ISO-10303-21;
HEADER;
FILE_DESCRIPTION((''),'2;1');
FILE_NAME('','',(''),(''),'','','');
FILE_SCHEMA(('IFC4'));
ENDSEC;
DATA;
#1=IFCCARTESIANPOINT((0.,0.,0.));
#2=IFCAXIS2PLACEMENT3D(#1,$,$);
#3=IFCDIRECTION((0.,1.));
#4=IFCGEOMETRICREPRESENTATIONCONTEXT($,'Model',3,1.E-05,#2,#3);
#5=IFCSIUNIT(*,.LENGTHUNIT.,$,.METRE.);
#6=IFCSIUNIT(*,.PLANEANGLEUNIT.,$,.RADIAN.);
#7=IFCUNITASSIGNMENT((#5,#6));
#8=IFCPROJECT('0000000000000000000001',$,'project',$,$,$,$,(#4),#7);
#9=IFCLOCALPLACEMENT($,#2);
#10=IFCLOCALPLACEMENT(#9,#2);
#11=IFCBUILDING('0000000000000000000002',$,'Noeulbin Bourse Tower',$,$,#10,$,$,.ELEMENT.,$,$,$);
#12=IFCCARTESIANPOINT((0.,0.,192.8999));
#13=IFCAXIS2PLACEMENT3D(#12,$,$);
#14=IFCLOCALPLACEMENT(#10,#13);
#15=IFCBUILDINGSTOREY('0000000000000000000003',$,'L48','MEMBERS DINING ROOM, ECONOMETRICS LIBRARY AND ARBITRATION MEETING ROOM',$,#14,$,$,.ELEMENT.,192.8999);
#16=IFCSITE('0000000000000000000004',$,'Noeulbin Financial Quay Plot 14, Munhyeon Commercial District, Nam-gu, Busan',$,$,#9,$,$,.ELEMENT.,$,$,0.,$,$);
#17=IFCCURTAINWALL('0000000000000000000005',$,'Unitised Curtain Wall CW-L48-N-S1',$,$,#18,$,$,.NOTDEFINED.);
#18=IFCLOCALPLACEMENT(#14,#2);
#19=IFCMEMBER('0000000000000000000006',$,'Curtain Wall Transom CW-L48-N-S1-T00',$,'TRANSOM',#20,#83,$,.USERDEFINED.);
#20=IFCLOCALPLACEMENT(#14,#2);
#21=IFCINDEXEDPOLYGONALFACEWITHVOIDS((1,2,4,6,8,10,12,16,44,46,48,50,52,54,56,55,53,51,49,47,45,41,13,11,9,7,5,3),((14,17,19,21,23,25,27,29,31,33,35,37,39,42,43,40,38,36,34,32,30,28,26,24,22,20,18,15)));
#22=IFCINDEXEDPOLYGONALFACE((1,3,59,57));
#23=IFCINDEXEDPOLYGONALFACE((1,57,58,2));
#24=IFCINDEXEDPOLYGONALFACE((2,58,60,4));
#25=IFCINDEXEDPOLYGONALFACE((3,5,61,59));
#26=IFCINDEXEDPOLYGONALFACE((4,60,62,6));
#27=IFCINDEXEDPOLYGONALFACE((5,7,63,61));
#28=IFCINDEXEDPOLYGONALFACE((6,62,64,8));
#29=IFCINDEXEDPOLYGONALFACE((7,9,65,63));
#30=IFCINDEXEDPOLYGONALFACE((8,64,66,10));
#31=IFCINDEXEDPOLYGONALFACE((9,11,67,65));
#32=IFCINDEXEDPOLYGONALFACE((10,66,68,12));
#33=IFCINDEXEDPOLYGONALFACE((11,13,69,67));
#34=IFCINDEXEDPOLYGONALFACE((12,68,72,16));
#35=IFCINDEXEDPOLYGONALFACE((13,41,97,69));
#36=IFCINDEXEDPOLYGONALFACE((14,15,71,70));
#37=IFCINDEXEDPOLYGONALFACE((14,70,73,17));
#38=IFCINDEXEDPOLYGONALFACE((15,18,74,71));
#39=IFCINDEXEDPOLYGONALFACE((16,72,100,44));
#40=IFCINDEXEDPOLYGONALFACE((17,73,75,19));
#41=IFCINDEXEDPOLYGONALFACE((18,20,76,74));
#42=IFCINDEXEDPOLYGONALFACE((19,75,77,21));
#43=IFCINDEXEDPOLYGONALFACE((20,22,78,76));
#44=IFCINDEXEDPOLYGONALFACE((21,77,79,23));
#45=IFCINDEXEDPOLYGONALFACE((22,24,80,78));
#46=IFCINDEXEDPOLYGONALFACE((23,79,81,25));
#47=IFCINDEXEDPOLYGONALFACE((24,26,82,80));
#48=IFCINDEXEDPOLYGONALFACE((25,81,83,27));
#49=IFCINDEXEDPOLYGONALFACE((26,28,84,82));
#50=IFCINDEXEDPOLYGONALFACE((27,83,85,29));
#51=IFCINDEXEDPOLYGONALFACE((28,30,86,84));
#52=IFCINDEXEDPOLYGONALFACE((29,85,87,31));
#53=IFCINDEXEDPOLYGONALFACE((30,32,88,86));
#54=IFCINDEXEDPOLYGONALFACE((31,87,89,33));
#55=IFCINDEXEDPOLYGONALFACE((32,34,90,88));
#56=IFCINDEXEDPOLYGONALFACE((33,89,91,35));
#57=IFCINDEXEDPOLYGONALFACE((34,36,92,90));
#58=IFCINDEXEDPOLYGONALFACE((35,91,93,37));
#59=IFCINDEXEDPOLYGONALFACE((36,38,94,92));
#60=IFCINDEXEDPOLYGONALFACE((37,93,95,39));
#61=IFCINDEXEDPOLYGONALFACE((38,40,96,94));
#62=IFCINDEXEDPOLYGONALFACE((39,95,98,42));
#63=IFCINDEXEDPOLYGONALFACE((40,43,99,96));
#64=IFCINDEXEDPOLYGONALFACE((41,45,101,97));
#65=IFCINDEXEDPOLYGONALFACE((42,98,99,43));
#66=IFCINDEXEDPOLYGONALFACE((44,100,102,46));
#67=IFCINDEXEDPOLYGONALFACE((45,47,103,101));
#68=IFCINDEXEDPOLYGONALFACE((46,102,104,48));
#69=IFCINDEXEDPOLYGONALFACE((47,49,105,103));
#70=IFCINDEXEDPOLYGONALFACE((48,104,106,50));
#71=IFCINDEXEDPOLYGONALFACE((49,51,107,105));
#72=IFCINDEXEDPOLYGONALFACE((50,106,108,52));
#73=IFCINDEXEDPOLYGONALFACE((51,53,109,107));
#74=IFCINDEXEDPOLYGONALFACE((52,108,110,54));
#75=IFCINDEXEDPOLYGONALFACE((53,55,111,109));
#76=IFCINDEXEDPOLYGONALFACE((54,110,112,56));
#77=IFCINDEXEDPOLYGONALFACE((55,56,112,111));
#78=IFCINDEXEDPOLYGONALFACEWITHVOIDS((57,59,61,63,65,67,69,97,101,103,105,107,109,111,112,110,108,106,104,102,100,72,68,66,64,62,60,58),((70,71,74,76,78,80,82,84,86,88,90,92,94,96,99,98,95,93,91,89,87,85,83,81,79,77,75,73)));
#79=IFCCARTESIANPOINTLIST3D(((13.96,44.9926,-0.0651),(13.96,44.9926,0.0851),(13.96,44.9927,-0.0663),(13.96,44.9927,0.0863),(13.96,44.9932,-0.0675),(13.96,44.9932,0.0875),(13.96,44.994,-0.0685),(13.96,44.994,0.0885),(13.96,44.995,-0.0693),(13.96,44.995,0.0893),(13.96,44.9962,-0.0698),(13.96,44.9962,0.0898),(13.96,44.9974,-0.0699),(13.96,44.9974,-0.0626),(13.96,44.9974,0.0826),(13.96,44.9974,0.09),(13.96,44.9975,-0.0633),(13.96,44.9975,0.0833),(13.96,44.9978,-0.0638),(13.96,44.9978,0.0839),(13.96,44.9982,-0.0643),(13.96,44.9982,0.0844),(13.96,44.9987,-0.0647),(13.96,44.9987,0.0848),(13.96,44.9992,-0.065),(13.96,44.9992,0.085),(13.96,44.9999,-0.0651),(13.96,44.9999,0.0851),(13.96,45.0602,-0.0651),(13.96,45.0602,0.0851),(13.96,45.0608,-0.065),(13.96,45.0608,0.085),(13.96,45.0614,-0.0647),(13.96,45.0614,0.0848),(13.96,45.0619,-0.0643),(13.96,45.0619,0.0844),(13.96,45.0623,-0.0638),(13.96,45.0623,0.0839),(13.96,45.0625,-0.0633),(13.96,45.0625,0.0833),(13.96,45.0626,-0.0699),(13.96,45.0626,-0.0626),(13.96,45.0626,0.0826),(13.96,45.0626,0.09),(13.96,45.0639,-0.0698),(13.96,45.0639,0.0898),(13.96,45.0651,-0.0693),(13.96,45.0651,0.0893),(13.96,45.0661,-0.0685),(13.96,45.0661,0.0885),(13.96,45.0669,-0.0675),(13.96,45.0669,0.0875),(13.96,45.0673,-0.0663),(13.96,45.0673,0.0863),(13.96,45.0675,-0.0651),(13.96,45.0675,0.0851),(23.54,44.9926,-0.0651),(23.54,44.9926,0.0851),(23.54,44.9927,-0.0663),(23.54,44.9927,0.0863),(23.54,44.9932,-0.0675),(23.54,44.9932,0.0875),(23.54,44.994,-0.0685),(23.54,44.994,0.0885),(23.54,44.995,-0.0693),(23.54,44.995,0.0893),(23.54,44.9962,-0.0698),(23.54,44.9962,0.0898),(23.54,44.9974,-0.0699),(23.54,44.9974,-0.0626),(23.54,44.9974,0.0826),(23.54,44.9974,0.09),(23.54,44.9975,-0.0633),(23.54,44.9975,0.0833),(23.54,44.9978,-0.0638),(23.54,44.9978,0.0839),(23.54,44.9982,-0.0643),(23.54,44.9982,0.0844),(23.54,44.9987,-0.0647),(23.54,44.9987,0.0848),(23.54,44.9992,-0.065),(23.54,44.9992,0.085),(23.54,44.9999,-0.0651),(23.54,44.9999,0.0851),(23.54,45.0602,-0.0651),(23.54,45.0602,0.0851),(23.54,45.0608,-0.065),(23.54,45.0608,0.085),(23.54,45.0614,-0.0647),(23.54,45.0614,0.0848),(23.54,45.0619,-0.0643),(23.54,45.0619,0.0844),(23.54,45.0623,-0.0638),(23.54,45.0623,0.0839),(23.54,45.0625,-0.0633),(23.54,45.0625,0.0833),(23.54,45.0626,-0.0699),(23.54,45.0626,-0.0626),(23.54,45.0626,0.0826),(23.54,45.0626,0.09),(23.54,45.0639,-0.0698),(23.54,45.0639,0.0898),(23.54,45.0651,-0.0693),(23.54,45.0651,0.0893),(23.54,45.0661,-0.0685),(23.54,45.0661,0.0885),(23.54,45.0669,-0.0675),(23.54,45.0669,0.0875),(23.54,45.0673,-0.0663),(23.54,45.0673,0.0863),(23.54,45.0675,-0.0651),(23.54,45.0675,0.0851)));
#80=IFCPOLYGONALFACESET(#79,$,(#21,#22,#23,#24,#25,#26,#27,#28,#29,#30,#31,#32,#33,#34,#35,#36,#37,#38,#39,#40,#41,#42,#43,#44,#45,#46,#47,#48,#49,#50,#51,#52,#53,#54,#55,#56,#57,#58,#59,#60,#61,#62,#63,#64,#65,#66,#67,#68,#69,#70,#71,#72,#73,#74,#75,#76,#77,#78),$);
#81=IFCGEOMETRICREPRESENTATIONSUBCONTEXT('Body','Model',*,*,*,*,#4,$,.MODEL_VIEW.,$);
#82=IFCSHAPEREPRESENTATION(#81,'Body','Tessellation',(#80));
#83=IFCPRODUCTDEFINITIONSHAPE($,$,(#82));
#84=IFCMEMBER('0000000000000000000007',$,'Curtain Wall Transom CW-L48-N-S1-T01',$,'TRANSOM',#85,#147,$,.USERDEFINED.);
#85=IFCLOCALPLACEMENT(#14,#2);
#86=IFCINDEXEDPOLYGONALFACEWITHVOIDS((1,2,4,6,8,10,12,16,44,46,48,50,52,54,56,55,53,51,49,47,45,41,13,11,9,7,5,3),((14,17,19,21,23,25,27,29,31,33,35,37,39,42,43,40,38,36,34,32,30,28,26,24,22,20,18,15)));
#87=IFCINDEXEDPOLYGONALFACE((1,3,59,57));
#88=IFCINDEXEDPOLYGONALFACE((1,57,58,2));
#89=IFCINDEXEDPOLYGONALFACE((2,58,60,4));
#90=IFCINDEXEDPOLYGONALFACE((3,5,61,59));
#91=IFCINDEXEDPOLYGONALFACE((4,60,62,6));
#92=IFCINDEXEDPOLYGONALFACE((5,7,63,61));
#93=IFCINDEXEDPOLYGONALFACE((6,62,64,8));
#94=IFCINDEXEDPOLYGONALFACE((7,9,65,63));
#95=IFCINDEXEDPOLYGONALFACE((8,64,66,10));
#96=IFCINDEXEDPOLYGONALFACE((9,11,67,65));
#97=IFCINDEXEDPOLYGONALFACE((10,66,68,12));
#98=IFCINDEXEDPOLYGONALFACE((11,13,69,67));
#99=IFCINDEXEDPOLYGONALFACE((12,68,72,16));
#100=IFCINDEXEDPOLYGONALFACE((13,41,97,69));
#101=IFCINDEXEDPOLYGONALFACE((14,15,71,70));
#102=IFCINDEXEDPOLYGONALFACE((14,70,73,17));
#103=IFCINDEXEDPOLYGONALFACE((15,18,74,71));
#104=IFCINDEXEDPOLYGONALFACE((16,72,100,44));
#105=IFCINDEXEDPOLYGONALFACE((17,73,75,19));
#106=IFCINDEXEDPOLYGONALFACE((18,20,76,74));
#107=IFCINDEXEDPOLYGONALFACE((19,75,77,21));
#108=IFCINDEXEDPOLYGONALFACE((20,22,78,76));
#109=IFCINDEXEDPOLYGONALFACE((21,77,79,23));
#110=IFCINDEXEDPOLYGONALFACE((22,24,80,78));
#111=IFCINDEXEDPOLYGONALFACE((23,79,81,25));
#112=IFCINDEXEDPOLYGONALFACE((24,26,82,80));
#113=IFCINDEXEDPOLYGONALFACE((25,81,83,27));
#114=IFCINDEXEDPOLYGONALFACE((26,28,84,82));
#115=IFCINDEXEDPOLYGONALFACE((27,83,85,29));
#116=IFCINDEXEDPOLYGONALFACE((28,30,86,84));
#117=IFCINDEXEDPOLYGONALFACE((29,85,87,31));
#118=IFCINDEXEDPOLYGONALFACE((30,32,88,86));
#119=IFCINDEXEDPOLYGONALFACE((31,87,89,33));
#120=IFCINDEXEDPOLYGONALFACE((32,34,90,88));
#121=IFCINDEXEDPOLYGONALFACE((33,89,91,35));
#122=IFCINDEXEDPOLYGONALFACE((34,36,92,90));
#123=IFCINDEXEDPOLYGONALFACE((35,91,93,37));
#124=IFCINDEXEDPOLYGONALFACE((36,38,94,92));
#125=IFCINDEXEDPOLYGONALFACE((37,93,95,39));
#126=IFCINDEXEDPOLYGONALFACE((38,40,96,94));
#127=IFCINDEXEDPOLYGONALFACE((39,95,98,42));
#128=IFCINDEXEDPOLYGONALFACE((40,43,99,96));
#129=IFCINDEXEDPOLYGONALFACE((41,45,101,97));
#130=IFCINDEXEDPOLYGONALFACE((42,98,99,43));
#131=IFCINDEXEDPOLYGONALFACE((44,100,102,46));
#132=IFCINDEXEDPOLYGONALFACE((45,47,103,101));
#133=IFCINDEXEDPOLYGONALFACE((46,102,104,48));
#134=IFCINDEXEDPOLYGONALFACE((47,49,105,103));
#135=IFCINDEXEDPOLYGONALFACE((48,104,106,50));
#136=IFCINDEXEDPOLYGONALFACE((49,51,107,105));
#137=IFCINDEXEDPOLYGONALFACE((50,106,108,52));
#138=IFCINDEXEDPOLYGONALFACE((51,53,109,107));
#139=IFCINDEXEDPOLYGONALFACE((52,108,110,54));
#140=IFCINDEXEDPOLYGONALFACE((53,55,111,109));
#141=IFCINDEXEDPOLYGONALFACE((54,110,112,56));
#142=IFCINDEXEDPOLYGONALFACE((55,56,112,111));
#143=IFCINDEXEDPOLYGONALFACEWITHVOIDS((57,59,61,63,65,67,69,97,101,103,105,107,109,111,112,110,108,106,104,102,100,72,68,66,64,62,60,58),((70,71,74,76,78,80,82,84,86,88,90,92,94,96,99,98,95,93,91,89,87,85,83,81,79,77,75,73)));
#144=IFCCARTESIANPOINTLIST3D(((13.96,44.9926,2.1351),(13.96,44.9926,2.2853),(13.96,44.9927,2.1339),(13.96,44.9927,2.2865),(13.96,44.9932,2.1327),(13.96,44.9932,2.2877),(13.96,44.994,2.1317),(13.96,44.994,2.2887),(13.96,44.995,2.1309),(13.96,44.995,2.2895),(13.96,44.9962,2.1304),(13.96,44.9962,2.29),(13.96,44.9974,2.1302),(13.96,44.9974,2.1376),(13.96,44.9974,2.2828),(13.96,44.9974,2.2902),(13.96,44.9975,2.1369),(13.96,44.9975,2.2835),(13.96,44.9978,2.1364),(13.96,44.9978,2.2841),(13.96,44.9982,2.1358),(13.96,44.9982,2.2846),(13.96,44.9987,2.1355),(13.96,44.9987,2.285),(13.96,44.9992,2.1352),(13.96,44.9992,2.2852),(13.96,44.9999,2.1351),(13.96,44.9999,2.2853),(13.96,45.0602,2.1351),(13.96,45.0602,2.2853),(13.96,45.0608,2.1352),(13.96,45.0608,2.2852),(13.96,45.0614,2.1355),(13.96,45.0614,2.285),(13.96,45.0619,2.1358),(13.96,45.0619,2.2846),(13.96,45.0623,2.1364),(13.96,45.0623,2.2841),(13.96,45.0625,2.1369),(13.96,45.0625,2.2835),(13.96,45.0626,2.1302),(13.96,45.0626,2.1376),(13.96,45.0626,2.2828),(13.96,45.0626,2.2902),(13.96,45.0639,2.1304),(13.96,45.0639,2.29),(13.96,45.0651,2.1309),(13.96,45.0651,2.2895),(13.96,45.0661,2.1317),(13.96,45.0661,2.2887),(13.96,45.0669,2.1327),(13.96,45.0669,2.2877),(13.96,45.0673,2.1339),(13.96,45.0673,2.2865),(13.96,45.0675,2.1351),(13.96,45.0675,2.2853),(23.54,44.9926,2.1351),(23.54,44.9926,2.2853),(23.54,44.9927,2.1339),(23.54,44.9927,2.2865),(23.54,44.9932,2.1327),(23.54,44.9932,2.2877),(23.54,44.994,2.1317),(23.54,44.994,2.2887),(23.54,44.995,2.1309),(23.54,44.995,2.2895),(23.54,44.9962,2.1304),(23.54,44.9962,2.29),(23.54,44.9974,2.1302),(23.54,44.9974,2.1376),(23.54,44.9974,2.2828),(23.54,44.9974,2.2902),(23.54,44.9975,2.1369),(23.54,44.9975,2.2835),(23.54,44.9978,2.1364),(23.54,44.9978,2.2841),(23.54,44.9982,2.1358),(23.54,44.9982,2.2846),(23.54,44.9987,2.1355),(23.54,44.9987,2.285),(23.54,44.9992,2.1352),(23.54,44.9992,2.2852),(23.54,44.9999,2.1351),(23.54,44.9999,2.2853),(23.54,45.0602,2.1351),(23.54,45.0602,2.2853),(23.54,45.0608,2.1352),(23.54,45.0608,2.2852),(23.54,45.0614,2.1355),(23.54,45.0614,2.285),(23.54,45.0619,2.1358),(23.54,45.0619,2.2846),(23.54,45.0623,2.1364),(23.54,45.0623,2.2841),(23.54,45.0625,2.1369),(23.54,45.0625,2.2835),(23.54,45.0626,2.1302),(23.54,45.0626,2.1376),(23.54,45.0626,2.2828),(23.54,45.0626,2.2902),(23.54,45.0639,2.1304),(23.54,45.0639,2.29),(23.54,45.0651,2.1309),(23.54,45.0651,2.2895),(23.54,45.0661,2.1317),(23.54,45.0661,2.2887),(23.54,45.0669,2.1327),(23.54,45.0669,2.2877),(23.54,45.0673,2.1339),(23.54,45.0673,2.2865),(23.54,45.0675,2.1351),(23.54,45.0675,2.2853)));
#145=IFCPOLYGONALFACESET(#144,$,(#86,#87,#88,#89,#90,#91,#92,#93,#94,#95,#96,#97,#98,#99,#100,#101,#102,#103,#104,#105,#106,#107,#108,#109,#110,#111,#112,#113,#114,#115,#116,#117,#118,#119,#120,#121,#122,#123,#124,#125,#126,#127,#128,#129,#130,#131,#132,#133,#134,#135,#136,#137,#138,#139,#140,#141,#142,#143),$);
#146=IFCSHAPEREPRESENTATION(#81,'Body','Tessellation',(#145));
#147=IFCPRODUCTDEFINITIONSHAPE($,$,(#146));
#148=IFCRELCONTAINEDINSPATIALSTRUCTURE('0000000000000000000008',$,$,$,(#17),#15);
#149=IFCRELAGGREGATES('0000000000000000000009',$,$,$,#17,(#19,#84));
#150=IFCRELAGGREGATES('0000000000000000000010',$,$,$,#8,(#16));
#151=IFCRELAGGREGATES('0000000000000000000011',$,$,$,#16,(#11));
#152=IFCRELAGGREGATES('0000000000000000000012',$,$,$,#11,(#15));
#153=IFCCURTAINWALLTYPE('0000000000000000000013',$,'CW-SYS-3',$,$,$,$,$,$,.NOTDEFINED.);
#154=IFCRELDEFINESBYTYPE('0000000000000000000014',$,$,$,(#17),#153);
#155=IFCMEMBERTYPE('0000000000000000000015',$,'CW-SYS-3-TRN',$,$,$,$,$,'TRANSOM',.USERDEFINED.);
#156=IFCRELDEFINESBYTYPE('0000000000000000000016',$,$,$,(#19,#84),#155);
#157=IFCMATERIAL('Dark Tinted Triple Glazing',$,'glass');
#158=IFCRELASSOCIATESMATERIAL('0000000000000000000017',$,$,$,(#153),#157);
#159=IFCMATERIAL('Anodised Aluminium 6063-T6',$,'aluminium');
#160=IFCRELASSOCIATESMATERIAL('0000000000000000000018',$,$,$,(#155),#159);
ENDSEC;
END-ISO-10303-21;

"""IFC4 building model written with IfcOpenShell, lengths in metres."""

from ifc_helpers import new_model, si_unit, direction, frame, origin, origin_2d, place, context, subcontext, project, spatial, hollow_rectangle, extrude, material, material_profile, profile_set, type_object, element, aggregate, save


model = new_model("IFC4")

# Units and contexts
model_context = context("Model", 3, precision=1e-05, world=origin(), true_north=direction((0.0, 1.0)))
body_context = subcontext(model_context, "Body", "Model", "MODEL_VIEW")
ifc_project = project(units=[si_unit("LENGTHUNIT", "METRE"), si_unit("PLANEANGLEUNIT", "RADIAN")], contexts=[model_context])

# Site, building, storey
site_placement = place(None, origin())
site = spatial("IfcSite", under=ifc_project, at=site_placement, Name="Noeulbin Financial Quay Plot 14, Munhyeon Commercial District, Nam-gu, Busan", CompositionType="ELEMENT", RefElevation=0.0)
building_placement = place(site_placement, origin())
building = spatial("IfcBuilding", under=site, at=building_placement, Name="Noeulbin Bourse Tower", CompositionType="ELEMENT")
storey_placement = place(building_placement, frame((0.0, 0.0, 192.8999)))
storey = spatial("IfcBuildingStorey", under=building, at=storey_placement, Name="L48", Description="MEMBERS DINING ROOM, ECONOMETRICS LIBRARY AND ARBITRATION MEETING ROOM", CompositionType="ELEMENT", Elevation=192.8999)

# Curtain wall
ifc_material_1 = material(Name="Dark Tinted Triple Glazing", Category="glass")
curtain_wall_type = type_object("IfcCurtainWallType", Name="CW-SYS-3", PredefinedType="NOTDEFINED", material=ifc_material_1)
curtain_wall_1_placement = place(storey_placement, origin())
curtain_wall_1 = element("IfcCurtainWall", 1, at=curtain_wall_1_placement, inside=storey, type_object=curtain_wall_type, Name="Unitised Curtain Wall CW-L48-N-S1", PredefinedType="NOTDEFINED")
ifc_material_2 = material(Name="Anodised Aluminium 6063-T6", Category="aluminium")

# Members
ifc_material_profile_1 = material_profile(ifc_material_2, hollow_rectangle(XDim=0.075, YDim=0.1599, WallThickness=0.0049, InnerFilletRadius=0.0024, OuterFilletRadius=0.0049, at=origin_2d()), Name="ALU-TRAN-75x160x5", Category="LoadBearing")
ifc_profile_set_1 = profile_set([ifc_material_profile_1], Name="Anodised Aluminium 6063-T6")
member_type_1 = type_object("IfcMemberType", Name="CW-SYS-3-TRN", ElementType="TRANSOM", PredefinedType="USERDEFINED", material=ifc_profile_set_1)
member_1_placement = place(storey_placement, frame((13.96, 45.03, 0.01), z_axis=(1.0, 0.0, 0.0), x_axis=(0.0, 1.0, 0.0)))
member_1 = element("IfcMember", 2, at=member_1_placement, type_object=member_type_1, Name="Curtain Wall Transom CW-L48-N-S1-T00", ObjectType="TRANSOM", PredefinedType="USERDEFINED", context=body_context, shape_type="SweptSolid", body=[
    extrude(hollow_rectangle(XDim=0.075, YDim=0.1599, WallThickness=0.0049, InnerFilletRadius=0.0024, OuterFilletRadius=0.0049, at=origin_2d()), origin(), (0.0, 0.0, 1.0), 9.5801),
])
member_2_placement = place(storey_placement, frame((13.96, 45.03, 2.2102), z_axis=(1.0, 0.0, 0.0), x_axis=(0.0, 1.0, 0.0)))
member_2 = element("IfcMember", 3, at=member_2_placement, type_object=member_type_1, Name="Curtain Wall Transom CW-L48-N-S1-T01", ObjectType="TRANSOM", PredefinedType="USERDEFINED", context=body_context, shape_type="SweptSolid", body=[
    extrude(hollow_rectangle(XDim=0.075, YDim=0.1599, WallThickness=0.0049, InnerFilletRadius=0.0024, OuterFilletRadius=0.0049, at=origin_2d()), origin(), (0.0, 0.0, 1.0), 9.5801),
])
aggregate(curtain_wall_1, [member_1, member_2])

save(model, "model.ifc")
